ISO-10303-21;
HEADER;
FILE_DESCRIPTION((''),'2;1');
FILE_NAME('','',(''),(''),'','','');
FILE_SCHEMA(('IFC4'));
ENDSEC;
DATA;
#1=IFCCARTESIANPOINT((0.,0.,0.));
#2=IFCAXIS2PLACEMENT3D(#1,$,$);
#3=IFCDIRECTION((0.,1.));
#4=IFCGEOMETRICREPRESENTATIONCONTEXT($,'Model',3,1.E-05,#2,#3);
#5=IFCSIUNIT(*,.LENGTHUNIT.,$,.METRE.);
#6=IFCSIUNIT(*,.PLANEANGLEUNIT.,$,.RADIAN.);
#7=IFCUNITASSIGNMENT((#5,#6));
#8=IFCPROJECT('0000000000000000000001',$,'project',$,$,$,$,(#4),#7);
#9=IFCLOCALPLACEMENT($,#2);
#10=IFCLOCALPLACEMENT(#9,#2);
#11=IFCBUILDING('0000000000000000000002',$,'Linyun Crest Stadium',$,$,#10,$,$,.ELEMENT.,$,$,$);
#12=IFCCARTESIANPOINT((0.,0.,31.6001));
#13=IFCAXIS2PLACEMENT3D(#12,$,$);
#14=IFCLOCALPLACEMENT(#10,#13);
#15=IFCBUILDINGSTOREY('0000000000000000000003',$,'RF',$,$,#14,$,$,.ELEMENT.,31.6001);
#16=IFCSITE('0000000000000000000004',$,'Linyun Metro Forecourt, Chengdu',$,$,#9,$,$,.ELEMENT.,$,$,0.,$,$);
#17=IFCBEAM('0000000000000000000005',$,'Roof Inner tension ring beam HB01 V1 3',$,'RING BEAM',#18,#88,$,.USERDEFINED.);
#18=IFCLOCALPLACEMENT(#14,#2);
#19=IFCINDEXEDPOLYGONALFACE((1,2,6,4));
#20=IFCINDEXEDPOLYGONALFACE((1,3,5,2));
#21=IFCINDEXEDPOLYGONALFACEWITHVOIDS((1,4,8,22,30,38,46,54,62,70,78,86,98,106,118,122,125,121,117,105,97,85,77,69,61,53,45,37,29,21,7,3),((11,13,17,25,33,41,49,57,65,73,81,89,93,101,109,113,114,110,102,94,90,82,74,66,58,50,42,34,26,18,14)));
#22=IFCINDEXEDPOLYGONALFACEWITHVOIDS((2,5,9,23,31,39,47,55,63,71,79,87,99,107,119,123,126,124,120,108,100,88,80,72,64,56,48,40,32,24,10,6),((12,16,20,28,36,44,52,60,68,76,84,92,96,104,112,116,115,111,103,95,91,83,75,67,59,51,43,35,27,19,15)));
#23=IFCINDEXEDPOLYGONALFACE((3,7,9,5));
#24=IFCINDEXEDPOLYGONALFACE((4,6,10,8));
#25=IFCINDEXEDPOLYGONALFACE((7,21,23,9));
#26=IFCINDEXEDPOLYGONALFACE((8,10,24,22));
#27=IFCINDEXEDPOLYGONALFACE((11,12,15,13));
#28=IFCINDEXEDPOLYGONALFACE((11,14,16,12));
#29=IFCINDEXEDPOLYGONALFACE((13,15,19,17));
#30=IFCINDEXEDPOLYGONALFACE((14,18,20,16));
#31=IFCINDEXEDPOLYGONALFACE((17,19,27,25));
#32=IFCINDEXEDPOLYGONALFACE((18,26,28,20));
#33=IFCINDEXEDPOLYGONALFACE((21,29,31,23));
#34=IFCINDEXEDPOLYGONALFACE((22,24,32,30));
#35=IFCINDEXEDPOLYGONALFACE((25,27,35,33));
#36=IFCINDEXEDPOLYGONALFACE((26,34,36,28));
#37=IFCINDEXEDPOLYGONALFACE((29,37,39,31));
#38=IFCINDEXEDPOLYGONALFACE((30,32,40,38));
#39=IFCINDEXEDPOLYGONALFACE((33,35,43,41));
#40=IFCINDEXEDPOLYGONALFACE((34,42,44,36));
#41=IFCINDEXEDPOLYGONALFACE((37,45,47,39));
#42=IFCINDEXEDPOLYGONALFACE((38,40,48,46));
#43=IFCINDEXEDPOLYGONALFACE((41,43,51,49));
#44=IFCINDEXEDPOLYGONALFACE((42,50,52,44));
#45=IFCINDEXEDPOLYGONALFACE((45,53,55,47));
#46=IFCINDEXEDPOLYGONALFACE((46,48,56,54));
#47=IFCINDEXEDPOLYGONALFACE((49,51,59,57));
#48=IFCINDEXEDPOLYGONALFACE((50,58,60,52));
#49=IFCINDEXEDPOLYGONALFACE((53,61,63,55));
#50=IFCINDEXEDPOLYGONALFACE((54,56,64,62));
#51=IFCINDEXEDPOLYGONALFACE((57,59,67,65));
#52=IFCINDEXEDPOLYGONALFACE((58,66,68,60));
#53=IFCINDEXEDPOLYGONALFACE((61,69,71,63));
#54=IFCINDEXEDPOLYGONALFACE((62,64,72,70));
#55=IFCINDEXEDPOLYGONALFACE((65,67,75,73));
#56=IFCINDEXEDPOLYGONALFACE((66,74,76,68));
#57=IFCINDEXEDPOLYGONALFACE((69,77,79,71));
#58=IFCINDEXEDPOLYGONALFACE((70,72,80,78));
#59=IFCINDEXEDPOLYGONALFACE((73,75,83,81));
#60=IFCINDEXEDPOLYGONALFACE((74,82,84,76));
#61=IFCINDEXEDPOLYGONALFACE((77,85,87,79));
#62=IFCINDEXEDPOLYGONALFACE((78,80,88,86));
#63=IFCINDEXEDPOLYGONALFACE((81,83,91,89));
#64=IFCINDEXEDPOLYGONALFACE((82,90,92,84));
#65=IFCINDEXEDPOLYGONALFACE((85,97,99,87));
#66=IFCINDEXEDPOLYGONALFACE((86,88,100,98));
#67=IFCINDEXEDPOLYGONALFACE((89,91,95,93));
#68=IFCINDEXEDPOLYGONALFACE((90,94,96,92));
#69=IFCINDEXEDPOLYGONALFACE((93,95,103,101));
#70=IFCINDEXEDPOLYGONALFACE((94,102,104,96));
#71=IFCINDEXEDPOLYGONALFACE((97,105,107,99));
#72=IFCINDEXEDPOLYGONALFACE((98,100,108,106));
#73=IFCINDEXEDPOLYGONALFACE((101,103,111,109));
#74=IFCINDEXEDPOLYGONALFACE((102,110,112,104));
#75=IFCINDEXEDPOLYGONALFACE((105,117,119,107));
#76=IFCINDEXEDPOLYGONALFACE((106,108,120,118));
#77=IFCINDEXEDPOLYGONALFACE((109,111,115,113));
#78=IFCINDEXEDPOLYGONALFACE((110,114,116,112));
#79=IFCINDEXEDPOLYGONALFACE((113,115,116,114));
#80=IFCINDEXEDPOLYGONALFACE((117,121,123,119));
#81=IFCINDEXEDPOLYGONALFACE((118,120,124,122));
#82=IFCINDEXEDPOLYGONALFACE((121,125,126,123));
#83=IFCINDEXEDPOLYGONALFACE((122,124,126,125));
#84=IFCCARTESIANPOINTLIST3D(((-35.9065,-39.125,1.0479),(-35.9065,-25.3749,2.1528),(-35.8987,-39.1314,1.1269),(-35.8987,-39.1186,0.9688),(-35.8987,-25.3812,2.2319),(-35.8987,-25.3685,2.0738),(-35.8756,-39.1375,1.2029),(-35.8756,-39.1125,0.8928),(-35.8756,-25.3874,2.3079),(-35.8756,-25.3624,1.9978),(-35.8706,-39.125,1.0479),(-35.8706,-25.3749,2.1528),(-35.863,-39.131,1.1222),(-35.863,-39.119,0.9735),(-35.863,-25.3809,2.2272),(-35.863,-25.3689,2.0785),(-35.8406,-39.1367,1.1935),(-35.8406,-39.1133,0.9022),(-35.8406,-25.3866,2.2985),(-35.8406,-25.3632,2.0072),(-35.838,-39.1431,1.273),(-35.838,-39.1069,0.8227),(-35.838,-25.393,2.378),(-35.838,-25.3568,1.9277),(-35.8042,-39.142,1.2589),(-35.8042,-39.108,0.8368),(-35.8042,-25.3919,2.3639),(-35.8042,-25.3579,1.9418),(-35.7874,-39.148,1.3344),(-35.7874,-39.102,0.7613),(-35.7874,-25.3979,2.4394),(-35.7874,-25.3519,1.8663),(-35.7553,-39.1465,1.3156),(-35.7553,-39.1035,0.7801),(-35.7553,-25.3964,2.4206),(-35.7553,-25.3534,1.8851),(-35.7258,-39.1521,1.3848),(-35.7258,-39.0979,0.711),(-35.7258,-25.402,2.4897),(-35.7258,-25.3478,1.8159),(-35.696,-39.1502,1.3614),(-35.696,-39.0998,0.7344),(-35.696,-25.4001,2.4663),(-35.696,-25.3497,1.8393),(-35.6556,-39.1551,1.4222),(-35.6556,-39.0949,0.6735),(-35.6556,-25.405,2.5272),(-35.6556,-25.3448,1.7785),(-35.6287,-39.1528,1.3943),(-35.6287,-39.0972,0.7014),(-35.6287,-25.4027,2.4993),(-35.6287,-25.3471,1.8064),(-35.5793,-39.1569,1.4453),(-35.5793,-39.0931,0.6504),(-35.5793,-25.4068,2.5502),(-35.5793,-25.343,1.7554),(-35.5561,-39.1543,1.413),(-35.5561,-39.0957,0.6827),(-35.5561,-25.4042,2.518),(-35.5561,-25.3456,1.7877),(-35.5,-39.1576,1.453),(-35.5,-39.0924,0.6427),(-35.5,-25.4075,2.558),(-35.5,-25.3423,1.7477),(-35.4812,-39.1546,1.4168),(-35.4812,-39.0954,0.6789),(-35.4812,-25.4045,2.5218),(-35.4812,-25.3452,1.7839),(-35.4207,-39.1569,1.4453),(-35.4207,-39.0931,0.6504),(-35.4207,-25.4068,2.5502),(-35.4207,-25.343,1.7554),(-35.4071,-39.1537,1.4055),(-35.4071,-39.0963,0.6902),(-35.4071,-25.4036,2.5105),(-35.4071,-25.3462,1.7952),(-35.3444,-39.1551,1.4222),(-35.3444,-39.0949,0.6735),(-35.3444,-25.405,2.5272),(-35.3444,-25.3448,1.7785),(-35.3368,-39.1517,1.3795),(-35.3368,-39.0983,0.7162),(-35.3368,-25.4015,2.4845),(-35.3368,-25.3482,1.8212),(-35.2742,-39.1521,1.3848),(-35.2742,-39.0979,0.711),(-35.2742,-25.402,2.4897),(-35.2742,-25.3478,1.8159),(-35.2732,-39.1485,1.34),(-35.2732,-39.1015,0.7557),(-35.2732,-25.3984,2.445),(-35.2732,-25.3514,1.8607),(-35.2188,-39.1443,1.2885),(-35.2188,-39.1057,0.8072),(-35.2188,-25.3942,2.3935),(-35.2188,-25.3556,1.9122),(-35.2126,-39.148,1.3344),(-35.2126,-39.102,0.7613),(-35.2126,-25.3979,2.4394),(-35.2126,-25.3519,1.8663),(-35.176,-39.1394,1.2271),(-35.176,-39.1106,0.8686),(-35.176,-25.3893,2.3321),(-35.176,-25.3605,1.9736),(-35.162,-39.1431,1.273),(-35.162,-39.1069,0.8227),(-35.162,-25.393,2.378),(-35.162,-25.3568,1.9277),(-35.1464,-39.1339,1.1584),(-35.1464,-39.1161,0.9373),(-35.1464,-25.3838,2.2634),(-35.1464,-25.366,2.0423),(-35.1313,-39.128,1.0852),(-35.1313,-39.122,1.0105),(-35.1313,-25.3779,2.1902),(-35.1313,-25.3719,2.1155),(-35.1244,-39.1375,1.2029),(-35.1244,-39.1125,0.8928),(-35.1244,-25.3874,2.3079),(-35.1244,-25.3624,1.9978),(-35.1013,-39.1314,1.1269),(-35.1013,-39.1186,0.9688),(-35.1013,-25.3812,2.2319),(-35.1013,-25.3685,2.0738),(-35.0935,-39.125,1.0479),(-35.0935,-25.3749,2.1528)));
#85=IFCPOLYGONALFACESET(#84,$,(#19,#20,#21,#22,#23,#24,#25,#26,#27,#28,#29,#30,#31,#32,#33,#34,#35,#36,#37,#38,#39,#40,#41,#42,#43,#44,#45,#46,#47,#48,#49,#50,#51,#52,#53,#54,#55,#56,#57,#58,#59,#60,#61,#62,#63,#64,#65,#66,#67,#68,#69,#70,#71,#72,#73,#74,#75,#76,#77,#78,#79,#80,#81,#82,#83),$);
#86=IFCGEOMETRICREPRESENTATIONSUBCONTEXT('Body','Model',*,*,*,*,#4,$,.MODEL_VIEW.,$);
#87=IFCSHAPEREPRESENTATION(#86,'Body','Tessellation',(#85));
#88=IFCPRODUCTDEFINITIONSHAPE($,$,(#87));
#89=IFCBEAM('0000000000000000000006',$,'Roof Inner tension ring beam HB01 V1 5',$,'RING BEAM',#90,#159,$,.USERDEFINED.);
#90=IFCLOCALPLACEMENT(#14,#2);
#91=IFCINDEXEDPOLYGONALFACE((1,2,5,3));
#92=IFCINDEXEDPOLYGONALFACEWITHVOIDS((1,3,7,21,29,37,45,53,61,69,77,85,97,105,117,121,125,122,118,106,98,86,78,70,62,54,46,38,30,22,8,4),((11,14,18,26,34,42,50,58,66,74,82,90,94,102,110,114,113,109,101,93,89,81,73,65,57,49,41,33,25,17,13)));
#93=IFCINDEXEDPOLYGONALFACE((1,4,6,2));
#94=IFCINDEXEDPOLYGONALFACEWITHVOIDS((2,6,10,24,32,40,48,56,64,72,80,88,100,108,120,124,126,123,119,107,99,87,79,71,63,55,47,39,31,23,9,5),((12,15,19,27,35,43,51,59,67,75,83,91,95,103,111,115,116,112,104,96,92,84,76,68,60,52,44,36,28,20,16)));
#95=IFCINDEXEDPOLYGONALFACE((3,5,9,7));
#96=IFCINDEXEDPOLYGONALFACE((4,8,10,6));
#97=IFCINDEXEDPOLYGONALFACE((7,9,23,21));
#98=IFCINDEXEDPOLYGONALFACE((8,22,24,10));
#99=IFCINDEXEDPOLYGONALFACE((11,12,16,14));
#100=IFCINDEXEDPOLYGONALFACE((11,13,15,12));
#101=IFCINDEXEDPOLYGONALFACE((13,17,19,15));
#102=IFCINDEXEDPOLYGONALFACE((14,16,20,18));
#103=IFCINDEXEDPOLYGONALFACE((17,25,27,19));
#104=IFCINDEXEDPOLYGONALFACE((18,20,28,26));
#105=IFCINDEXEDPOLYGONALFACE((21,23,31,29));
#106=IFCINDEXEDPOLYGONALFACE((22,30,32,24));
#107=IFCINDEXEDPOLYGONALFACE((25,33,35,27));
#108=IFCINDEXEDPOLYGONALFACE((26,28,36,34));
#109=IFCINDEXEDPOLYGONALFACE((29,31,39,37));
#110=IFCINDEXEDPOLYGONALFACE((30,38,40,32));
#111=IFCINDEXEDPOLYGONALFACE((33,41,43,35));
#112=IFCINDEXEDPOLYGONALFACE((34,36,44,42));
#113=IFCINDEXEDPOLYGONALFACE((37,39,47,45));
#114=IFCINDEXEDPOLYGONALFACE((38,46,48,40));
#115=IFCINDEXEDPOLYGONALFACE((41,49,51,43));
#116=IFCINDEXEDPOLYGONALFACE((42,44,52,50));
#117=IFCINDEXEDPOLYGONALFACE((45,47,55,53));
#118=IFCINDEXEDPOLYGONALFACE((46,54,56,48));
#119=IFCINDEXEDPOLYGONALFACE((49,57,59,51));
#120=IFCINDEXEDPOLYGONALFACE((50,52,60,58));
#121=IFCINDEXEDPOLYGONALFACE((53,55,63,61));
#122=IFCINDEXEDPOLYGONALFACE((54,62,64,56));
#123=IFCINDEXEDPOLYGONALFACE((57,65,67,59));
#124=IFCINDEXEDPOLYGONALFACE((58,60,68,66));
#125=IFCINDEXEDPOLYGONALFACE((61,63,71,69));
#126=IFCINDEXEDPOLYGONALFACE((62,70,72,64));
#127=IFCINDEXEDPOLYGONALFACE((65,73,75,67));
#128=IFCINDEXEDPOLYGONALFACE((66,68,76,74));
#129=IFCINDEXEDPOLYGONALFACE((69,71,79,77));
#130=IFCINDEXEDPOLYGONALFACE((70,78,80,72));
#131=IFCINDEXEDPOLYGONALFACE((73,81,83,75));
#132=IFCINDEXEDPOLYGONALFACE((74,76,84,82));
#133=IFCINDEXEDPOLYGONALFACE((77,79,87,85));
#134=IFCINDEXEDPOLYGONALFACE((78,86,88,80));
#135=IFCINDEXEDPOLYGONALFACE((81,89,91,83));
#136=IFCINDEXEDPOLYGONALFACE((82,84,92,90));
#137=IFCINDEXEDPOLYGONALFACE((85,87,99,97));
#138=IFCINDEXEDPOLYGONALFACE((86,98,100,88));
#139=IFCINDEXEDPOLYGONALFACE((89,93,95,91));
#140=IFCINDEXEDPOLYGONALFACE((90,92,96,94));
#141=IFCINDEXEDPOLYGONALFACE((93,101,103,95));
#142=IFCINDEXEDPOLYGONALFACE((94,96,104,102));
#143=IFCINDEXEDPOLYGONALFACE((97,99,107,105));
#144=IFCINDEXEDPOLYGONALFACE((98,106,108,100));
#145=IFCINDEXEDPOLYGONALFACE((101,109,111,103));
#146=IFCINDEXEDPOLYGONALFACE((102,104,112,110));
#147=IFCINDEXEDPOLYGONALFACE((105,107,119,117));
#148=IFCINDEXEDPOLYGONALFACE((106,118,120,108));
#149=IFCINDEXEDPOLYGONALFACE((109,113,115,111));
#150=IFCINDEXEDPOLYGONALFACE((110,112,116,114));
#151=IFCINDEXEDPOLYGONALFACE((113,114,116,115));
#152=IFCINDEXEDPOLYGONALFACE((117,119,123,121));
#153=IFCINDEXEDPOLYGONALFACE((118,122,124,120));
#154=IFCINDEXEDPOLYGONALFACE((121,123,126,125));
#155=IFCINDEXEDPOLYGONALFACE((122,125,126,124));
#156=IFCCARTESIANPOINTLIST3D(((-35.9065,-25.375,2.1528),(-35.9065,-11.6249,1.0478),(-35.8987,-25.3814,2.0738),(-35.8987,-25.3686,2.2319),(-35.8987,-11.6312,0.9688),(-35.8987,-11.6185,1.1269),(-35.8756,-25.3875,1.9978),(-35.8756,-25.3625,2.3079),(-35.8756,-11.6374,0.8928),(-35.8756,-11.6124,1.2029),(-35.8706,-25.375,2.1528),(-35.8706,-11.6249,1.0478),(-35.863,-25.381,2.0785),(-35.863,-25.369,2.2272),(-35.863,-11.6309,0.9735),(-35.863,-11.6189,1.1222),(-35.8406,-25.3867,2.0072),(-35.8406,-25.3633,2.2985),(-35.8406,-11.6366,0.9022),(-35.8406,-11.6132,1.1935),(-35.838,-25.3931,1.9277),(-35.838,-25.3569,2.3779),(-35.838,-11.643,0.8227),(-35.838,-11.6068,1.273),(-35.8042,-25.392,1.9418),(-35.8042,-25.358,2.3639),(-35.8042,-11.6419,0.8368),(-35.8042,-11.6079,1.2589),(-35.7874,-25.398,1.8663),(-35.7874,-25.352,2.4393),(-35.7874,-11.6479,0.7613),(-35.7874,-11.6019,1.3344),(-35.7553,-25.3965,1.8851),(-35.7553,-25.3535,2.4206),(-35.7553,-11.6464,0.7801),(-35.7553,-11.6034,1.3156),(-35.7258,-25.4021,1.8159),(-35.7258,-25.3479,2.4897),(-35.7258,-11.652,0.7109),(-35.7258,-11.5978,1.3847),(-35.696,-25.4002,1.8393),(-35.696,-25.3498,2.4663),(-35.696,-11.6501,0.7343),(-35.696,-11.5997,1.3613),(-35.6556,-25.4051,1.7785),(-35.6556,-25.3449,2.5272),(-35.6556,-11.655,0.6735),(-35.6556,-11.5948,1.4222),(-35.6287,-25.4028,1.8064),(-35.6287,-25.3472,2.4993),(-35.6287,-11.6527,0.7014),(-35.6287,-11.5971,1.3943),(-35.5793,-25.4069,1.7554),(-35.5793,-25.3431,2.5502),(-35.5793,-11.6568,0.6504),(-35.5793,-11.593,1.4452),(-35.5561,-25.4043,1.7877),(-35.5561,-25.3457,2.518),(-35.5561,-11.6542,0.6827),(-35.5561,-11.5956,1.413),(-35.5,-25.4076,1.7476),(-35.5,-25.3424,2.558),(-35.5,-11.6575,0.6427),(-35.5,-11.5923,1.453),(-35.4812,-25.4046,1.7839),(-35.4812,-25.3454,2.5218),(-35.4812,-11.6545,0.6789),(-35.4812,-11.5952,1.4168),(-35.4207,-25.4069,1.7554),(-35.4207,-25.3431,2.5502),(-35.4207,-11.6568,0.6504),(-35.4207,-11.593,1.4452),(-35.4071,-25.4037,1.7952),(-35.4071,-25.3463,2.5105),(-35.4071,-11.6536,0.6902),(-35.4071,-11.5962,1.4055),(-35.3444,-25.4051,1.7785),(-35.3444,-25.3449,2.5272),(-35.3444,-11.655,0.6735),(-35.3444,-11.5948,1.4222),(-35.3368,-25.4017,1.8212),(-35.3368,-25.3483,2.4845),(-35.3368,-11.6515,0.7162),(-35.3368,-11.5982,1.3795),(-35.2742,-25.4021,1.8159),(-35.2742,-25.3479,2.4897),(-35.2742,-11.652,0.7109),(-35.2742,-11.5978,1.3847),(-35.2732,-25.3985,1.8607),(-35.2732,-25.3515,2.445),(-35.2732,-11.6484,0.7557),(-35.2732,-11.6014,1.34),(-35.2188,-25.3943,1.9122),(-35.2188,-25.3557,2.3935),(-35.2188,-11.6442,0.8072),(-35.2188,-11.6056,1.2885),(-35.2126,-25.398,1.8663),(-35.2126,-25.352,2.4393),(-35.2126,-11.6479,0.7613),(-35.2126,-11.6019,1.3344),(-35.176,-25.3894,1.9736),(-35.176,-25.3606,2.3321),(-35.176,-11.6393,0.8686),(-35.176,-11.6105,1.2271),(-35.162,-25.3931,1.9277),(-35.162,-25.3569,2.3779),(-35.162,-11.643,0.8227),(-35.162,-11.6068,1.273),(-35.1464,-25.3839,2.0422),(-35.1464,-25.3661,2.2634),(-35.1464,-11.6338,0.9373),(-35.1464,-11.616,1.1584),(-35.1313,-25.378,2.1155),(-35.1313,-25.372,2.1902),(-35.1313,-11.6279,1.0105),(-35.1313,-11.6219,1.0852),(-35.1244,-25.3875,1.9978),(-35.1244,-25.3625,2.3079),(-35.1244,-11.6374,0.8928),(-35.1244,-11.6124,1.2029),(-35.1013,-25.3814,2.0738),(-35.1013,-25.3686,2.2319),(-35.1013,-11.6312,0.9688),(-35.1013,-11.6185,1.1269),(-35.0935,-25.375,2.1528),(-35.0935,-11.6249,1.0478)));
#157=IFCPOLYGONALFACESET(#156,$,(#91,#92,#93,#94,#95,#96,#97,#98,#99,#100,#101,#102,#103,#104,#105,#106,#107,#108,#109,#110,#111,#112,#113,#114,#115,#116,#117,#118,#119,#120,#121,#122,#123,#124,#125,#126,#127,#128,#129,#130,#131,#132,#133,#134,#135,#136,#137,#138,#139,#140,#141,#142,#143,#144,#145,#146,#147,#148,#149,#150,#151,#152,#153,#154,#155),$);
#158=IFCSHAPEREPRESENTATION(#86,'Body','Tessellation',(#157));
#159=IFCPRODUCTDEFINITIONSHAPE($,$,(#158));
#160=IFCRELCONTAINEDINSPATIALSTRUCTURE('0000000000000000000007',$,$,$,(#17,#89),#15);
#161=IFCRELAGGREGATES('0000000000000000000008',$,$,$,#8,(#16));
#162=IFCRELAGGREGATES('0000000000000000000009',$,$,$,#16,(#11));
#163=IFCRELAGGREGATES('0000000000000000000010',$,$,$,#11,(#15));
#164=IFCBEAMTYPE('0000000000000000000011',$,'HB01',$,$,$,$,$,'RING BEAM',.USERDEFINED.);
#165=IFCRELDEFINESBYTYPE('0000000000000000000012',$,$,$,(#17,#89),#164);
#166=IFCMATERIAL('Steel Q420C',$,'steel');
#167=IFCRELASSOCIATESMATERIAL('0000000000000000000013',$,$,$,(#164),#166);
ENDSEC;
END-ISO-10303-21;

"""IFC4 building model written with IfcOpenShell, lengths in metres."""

from ifc_helpers import new_model, si_unit, direction, frame, origin, origin_2d, place, context, subcontext, project, spatial, hollow_circle, extrude, material, material_profile, profile_set, type_object, element, save


model = new_model("IFC4")

# Units and contexts
model_context = context("Model", 3, precision=1e-05, world=origin(), true_north=direction((0.0, 1.0)))
body_context = subcontext(model_context, "Body", "Model", "MODEL_VIEW")
ifc_project = project(units=[si_unit("LENGTHUNIT", "METRE"), si_unit("PLANEANGLEUNIT", "RADIAN")], contexts=[model_context])

# Site, building, storey
site_placement = place(None, origin())
site = spatial("IfcSite", under=ifc_project, at=site_placement, Name="Linyun Metro Forecourt, Chengdu", CompositionType="ELEMENT", RefElevation=0.0)
building_placement = place(site_placement, origin())
building = spatial("IfcBuilding", under=site, at=building_placement, Name="Linyun Crest Stadium", CompositionType="ELEMENT")
storey_placement = place(building_placement, frame((0.0, 0.0, 31.6001)))
storey = spatial("IfcBuildingStorey", under=building, at=storey_placement, Name="RF", CompositionType="ELEMENT", Elevation=31.6001)

# Beams
ifc_material_1 = material(Name="Steel Q420C", Category="steel")
ifc_material_profile_1 = material_profile(ifc_material_1, hollow_circle(Radius=0.4065, WallThickness=0.0359, at=origin_2d()), Name="CHS 813x36")
ifc_profile_set_1 = profile_set([ifc_material_profile_1], Name="Steel Q420C")
beam_type = type_object("IfcBeamType", Name="HB01", ElementType="RING BEAM", PredefinedType="USERDEFINED", material=ifc_profile_set_1)
for number, where, z_axis, x_axis, name in (
    (1, (-35.5, -39.125, 1.0479), (0.0, 0.996787, 0.080104), (-1.0, 0.0, 0.0), "Roof Inner tension ring beam HB01 V1 3"),
    (2, (-35.5, -25.375, 2.1528), (0.0, 0.996787, -0.080104), (-1.0, 0.0, 0.0), "Roof Inner tension ring beam HB01 V1 5"),
):
    element("IfcBeam", number, at=place(storey_placement, frame(where, z_axis=z_axis, x_axis=x_axis)), inside=storey, type_object=beam_type, Name=name, ObjectType="RING BEAM", PredefinedType="USERDEFINED", context=body_context, shape_type="SweptSolid", body=[
        extrude(hollow_circle(Radius=0.4065, WallThickness=0.0359, at=origin_2d()), origin(), (0.0, 0.0, 1.0), 13.7944),
    ])

save(model, "model.ifc")
